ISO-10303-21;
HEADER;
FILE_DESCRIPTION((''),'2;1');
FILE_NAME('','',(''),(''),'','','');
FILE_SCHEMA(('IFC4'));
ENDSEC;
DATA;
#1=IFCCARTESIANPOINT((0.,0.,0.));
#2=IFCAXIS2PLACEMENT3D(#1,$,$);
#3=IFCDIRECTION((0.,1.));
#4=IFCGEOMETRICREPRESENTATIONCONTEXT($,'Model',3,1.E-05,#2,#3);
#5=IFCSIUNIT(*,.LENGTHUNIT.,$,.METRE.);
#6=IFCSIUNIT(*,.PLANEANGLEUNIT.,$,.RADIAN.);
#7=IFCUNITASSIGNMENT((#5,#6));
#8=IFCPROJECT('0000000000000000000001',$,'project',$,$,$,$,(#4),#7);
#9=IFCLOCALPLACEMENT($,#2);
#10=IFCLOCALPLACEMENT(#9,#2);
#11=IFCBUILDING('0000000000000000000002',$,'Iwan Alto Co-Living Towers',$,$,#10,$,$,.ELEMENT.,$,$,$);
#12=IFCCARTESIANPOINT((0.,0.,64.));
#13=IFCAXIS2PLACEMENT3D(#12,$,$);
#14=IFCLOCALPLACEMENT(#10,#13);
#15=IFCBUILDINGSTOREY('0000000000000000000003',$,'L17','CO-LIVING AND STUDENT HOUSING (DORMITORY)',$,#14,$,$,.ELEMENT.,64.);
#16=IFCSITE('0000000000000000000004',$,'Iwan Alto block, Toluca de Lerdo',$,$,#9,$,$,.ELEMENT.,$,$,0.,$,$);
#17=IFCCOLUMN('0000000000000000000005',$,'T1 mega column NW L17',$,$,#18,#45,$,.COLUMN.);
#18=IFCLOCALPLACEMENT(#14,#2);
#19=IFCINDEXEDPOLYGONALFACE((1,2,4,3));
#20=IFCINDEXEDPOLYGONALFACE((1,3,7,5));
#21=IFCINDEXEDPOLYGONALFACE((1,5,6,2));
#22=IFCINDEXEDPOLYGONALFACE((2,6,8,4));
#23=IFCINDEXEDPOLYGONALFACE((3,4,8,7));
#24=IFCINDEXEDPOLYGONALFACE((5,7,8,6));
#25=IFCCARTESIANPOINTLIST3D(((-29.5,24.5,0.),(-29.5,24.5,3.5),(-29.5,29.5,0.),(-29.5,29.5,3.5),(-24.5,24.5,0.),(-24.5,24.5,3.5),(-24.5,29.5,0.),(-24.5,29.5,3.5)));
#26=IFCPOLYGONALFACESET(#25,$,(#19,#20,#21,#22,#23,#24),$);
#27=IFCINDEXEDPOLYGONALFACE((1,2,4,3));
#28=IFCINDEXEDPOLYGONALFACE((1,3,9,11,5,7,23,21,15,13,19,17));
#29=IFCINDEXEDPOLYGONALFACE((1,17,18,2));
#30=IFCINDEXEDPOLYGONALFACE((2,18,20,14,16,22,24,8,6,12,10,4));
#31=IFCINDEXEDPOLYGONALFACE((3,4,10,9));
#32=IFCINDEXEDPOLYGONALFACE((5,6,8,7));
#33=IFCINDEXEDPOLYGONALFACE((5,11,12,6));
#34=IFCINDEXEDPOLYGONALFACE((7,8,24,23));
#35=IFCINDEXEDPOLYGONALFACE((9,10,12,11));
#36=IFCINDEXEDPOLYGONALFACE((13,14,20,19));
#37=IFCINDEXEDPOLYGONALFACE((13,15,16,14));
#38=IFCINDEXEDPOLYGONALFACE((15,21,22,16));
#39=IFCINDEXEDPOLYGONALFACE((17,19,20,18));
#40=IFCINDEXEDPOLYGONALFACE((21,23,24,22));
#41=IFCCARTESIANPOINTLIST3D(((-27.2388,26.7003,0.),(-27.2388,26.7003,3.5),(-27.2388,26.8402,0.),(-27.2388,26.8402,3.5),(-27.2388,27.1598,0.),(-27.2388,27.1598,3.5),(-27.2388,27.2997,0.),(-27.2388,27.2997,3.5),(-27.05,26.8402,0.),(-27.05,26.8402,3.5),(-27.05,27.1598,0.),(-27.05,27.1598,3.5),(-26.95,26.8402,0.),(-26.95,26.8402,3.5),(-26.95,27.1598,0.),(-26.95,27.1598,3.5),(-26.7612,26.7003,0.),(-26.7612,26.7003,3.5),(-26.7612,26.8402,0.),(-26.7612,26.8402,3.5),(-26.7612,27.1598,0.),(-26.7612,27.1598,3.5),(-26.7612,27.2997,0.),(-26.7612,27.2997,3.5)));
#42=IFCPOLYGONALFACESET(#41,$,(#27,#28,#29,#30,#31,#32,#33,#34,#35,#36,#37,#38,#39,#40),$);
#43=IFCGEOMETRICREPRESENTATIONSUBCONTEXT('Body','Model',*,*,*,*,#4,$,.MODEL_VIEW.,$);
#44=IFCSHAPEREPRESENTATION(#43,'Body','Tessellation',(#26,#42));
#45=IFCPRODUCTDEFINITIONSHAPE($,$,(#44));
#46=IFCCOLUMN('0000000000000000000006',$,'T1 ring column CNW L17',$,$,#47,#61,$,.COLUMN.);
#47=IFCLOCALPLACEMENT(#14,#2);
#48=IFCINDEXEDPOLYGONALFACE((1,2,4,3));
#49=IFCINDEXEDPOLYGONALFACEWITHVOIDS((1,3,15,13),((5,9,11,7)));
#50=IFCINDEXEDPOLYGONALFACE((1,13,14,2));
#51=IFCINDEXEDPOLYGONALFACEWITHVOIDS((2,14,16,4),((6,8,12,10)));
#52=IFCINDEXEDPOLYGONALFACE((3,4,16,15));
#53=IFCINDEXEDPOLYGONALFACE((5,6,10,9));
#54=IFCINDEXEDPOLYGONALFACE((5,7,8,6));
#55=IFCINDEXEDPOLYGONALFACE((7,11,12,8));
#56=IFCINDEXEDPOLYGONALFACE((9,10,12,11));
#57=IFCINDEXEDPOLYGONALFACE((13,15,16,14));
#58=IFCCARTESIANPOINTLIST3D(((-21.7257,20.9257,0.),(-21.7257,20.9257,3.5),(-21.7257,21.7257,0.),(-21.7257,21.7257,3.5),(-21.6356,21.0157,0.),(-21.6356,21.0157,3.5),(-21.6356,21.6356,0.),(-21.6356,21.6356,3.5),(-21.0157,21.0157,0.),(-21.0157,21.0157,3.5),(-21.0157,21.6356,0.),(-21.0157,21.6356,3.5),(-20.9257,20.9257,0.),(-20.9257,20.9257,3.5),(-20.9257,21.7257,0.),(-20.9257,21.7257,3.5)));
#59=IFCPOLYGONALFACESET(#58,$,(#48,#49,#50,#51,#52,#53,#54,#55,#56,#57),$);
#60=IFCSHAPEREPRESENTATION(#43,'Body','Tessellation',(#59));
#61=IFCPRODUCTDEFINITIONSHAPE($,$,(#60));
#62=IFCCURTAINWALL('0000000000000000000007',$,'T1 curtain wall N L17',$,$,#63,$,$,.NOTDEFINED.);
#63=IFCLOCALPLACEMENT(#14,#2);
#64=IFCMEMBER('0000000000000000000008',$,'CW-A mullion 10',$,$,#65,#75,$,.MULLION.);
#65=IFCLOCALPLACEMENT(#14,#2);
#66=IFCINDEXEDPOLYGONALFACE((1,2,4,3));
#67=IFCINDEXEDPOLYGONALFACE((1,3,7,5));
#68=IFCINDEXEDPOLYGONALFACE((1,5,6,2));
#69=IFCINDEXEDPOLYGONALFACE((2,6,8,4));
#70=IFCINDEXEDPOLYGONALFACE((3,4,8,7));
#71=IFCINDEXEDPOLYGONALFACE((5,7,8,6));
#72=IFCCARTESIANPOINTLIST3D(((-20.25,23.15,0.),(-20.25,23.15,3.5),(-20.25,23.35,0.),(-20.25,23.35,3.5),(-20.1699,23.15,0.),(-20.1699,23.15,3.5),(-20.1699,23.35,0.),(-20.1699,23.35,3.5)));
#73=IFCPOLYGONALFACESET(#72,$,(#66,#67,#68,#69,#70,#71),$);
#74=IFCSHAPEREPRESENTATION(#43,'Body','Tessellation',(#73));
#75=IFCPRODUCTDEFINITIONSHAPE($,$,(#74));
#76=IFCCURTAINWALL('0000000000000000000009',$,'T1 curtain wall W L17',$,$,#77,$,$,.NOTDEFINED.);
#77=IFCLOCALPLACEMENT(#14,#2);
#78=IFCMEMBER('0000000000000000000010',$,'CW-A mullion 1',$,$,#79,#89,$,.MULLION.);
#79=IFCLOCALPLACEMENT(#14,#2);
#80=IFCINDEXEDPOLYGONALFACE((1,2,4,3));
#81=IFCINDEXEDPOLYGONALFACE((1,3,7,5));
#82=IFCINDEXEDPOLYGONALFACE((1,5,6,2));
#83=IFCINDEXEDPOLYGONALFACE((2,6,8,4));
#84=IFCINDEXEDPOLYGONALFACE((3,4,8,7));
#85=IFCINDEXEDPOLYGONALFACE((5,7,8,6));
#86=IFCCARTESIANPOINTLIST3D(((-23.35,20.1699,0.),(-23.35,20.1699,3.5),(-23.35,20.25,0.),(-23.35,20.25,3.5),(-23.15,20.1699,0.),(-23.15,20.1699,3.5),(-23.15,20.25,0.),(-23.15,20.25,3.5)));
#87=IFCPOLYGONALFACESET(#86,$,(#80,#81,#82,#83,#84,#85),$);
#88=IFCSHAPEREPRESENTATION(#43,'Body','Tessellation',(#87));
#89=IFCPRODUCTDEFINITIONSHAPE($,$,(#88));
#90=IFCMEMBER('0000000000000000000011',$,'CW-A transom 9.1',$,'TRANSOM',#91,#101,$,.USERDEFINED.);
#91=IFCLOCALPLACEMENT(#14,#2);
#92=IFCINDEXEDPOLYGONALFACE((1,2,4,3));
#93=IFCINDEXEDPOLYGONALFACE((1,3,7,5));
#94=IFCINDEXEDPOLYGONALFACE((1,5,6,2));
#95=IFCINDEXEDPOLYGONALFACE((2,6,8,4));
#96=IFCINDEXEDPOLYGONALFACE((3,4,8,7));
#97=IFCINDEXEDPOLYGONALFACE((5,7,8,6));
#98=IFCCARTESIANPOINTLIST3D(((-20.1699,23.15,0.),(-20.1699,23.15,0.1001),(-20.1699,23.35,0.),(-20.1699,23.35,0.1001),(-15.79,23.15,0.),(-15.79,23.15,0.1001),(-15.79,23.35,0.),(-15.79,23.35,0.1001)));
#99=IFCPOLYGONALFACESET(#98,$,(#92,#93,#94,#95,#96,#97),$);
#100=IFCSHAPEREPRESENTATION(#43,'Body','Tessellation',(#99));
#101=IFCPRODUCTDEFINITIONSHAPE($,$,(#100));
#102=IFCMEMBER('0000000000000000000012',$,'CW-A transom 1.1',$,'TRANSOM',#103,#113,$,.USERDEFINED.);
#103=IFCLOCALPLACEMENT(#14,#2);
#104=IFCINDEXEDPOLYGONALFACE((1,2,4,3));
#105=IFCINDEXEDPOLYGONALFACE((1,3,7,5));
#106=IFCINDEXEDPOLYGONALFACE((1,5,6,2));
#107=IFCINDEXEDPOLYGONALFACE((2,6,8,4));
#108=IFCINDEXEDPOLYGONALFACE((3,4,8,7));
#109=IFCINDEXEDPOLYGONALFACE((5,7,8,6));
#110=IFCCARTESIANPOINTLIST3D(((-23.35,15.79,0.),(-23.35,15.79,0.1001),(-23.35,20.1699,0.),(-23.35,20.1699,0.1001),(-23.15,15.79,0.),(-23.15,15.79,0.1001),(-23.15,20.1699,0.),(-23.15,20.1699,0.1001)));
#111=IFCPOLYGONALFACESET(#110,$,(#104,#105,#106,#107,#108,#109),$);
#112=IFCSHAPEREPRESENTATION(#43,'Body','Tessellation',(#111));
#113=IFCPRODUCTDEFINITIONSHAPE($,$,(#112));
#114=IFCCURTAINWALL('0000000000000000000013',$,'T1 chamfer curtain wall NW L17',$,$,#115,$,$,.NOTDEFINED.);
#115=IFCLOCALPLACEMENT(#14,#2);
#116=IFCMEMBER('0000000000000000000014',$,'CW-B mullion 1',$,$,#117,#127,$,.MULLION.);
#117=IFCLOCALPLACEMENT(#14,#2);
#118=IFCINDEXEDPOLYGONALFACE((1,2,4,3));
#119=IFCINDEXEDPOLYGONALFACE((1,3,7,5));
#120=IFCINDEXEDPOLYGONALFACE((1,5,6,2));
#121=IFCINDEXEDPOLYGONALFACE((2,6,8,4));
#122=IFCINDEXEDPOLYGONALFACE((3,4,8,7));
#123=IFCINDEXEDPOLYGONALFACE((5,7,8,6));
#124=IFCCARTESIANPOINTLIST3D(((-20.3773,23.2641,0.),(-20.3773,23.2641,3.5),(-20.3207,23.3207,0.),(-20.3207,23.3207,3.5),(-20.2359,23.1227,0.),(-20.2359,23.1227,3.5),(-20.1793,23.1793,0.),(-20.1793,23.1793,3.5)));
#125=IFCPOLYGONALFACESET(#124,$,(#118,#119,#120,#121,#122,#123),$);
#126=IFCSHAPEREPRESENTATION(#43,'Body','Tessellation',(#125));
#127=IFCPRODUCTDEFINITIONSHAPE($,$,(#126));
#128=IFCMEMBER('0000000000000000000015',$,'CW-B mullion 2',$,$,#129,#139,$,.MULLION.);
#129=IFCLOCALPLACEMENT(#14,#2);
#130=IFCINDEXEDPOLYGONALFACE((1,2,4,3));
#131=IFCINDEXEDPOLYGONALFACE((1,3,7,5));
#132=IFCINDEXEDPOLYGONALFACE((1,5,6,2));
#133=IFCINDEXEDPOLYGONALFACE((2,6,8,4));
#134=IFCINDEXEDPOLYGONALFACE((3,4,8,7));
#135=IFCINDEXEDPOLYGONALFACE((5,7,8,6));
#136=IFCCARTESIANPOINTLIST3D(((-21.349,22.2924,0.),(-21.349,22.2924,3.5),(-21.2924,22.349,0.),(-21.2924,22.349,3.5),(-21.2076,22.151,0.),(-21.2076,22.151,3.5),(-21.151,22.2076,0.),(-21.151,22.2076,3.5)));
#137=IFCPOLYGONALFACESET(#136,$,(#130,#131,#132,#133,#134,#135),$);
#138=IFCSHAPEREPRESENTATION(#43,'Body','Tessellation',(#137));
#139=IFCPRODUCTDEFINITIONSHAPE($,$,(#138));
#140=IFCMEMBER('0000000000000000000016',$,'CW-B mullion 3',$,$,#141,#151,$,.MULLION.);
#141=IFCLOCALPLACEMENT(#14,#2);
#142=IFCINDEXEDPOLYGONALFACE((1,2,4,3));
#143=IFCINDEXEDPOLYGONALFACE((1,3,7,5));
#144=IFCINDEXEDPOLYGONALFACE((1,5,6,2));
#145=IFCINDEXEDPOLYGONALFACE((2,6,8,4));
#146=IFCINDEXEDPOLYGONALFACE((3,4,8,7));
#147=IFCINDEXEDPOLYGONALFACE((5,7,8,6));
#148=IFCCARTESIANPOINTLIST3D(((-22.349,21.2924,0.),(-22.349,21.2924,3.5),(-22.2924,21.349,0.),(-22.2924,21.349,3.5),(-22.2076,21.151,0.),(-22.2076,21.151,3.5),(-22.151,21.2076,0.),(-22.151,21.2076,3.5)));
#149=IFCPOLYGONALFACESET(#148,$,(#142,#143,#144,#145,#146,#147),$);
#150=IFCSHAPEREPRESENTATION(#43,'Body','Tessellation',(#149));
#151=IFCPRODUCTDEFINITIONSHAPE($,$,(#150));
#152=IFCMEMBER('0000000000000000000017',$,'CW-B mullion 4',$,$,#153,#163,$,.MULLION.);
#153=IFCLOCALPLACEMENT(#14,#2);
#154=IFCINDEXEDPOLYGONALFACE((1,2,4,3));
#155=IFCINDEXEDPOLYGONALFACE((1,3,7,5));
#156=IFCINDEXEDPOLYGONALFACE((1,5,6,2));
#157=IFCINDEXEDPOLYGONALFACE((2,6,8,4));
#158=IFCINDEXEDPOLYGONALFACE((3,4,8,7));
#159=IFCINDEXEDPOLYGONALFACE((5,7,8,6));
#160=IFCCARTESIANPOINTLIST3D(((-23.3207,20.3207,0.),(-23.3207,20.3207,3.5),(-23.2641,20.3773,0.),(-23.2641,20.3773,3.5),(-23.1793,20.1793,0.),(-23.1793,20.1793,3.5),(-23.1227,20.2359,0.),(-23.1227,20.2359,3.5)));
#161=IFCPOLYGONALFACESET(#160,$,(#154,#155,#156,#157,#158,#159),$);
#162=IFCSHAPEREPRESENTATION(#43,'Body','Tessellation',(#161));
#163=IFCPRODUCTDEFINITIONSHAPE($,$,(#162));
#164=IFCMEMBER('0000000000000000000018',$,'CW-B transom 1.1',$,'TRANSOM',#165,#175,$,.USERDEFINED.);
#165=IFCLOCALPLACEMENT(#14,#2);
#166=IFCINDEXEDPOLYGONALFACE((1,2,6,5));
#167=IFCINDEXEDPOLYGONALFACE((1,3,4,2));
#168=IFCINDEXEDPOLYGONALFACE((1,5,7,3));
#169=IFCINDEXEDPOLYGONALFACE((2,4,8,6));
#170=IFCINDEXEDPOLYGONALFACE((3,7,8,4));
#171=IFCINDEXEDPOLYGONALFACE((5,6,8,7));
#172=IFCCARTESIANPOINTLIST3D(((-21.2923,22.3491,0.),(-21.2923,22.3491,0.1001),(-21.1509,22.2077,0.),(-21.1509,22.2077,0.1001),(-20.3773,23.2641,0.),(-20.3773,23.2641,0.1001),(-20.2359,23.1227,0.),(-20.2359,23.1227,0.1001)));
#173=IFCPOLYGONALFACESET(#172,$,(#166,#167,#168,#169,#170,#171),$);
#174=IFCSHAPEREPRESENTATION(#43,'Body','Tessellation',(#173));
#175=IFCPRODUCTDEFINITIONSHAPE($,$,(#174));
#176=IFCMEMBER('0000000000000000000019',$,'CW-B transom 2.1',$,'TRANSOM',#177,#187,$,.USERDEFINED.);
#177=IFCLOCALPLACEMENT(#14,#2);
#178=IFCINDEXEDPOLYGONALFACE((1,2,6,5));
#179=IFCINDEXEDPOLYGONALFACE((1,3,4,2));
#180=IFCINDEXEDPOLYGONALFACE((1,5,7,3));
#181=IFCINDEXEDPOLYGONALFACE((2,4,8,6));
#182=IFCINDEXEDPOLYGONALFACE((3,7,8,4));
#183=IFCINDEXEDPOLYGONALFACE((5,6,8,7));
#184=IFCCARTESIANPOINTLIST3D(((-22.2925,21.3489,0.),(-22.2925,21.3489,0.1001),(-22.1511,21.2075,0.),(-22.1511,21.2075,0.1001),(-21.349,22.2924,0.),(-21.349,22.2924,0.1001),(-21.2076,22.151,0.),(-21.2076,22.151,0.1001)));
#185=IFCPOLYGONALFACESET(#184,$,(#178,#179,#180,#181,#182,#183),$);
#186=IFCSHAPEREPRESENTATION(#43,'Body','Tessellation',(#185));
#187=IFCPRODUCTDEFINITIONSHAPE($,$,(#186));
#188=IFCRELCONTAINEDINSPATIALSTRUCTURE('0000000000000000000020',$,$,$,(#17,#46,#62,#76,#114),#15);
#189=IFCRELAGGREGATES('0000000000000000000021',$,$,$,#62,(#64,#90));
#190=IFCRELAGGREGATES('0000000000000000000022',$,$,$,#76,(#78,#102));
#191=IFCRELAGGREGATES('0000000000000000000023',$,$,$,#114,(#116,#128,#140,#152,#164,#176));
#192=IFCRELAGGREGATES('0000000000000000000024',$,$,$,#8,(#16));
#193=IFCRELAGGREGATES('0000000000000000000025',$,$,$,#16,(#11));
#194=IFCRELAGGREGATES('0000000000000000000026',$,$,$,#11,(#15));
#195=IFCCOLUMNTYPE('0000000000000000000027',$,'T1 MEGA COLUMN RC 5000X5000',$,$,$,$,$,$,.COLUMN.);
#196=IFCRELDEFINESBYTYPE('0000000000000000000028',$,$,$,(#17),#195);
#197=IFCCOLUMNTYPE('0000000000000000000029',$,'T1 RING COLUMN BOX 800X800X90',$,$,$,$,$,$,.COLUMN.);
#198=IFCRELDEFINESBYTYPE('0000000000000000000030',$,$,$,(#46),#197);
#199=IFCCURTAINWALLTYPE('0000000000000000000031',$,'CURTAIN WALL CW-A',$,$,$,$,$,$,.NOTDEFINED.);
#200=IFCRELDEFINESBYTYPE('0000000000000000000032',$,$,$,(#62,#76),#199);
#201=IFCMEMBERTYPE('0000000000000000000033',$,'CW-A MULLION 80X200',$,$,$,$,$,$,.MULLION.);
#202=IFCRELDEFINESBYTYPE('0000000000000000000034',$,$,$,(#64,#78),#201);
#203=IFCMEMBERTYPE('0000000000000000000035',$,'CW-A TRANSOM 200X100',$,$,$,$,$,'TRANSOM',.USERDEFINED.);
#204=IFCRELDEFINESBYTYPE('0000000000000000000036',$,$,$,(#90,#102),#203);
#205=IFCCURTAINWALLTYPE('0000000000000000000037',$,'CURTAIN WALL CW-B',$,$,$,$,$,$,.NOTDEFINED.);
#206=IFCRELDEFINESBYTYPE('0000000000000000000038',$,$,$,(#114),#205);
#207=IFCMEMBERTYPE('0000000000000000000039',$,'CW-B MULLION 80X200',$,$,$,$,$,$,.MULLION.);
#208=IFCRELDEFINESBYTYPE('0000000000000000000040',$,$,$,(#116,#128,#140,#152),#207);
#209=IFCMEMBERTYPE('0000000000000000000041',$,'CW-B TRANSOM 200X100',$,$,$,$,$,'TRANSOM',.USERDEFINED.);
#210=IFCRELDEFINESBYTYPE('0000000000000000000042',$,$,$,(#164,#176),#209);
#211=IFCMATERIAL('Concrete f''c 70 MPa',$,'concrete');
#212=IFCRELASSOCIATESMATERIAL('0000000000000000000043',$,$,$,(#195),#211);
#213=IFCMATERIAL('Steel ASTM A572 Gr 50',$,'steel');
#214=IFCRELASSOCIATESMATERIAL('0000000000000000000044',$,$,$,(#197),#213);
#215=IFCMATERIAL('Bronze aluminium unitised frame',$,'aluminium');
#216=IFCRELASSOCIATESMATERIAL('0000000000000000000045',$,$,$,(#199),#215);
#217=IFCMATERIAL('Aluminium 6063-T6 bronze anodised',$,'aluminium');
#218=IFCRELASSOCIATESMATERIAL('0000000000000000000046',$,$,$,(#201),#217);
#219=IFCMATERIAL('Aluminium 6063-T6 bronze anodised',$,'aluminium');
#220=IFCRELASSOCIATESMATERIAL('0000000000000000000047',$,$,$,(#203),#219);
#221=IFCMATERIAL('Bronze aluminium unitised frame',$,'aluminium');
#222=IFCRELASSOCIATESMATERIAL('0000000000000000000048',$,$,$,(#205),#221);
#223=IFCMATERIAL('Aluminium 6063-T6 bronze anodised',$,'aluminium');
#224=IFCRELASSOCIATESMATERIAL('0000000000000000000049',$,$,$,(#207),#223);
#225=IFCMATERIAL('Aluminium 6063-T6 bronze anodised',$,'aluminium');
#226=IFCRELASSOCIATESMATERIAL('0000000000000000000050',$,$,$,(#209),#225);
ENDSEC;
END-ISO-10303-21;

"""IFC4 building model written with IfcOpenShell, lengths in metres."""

from ifc_helpers import new_model, si_unit, direction, frame, origin, origin_2d, place, context, subcontext, project, spatial, rectangle, hollow_rectangle, i_section, extrude, material, material_profile, profile_set, type_object, element, aggregate, save


model = new_model("IFC4")

# Units and contexts
model_context = context("Model", 3, precision=1e-05, world=origin(), true_north=direction((0.0, 1.0)))
body_context = subcontext(model_context, "Body", "Model", "MODEL_VIEW")
ifc_project = project(units=[si_unit("LENGTHUNIT", "METRE"), si_unit("PLANEANGLEUNIT", "RADIAN")], contexts=[model_context])

# Site, building, storey
site_placement = place(None, origin())
site = spatial("IfcSite", under=ifc_project, at=site_placement, Name="Iwan Alto block, Toluca de Lerdo", CompositionType="ELEMENT", RefElevation=0.0)
building_placement = place(site_placement, origin())
building = spatial("IfcBuilding", under=site, at=building_placement, Name="Iwan Alto Co-Living Towers", CompositionType="ELEMENT")
storey_placement = place(building_placement, frame((0.0, 0.0, 64.0)))
storey = spatial("IfcBuildingStorey", under=building, at=storey_placement, Name="L17", Description="CO-LIVING AND STUDENT HOUSING (DORMITORY)", CompositionType="ELEMENT", Elevation=64.0)

# Columns
ifc_material_1 = material(Name="Concrete f'c 70 MPa", Category="concrete")
ifc_material_profile_1 = material_profile(ifc_material_1, rectangle(XDim=5.0, YDim=5.0, at=origin_2d()), Name="RC 5000X5000")
ifc_profile_set_1 = profile_set([ifc_material_profile_1], Name="Concrete f'c 70 MPa")
column_type_1 = type_object("IfcColumnType", Name="T1 MEGA COLUMN RC 5000X5000", PredefinedType="COLUMN", material=ifc_profile_set_1)
column_1_placement = place(storey_placement, frame((-27.0, 27.0, 0.0), z_axis=(0.0, 0.0, 1.0), x_axis=(1.0, 0.0, 0.0)))
element("IfcColumn", 1, at=column_1_placement, inside=storey, type_object=column_type_1, Name="T1 mega column NW L17", PredefinedType="COLUMN", context=body_context, shape_type="SweptSolid", body=[
    extrude(rectangle(XDim=5.0, YDim=5.0, at=origin_2d()), origin(), (0.0, 0.0, 1.0), 3.5),
    extrude(i_section(OverallWidth=0.4775, OverallDepth=0.5994, WebThickness=0.1001, FlangeThickness=0.1399, at=origin_2d()), origin(), (0.0, 0.0, 1.0), 3.5),
])
ifc_material_2 = material(Name="Steel ASTM A572 Gr 50", Category="steel")
ifc_material_profile_2 = material_profile(ifc_material_2, hollow_rectangle(XDim=0.8, YDim=0.8, WallThickness=0.0901, at=origin_2d()), Name="BOX 800X800X90")
ifc_profile_set_2 = profile_set([ifc_material_profile_2], Name="Steel ASTM A572 Gr 50")
column_type_2 = type_object("IfcColumnType", Name="T1 RING COLUMN BOX 800X800X90", PredefinedType="COLUMN", material=ifc_profile_set_2)
column_2_placement = place(storey_placement, frame((-21.3257, 21.3257, 0.0), z_axis=(0.0, 0.0, 1.0), x_axis=(1.0, 0.0, 0.0)))
element("IfcColumn", 2, at=column_2_placement, inside=storey, type_object=column_type_2, Name="T1 ring column CNW L17", PredefinedType="COLUMN", context=body_context, shape_type="SweptSolid", body=[
    extrude(hollow_rectangle(XDim=0.8, YDim=0.8, WallThickness=0.0901, at=origin_2d()), origin(), (0.0, 0.0, 1.0), 3.5),
])

# Curtain walls, members
ifc_material_3 = material(Name="Bronze aluminium unitised frame", Category="aluminium")
curtain_wall_type_1 = type_object("IfcCurtainWallType", Name="CURTAIN WALL CW-A", PredefinedType="NOTDEFINED", material=ifc_material_3)
curtain_wall_1_placement = place(storey_placement, origin())
curtain_wall_1 = element("IfcCurtainWall", 3, at=curtain_wall_1_placement, inside=storey, type_object=curtain_wall_type_1, Name="T1 curtain wall N L17", PredefinedType="NOTDEFINED")
ifc_material_4 = material(Name="Aluminium 6063-T6 bronze anodised", Category="aluminium")
ifc_material_profile_3 = material_profile(ifc_material_4, rectangle(XDim=0.2, YDim=0.0801, at=origin_2d()), Name="AL 80X200")
ifc_profile_set_3 = profile_set([ifc_material_profile_3], Name="Aluminium 6063-T6 bronze anodised")
member_type_1 = type_object("IfcMemberType", Name="CW-A MULLION 80X200", PredefinedType="MULLION", material=ifc_profile_set_3)
member_1_placement = place(storey_placement, frame((-20.21, 23.25, 0.0), z_axis=(0.0, 0.0, 1.0), x_axis=(0.0, -1.0, 0.0)))
member_1 = element("IfcMember", 4, at=member_1_placement, type_object=member_type_1, Name="CW-A mullion 10", PredefinedType="MULLION", context=body_context, shape_type="SweptSolid", body=[
    extrude(rectangle(XDim=0.2, YDim=0.0801, at=origin_2d()), origin(), (0.0, 0.0, 1.0), 3.5),
])
curtain_wall_2_placement = place(storey_placement, origin())
curtain_wall_2 = element("IfcCurtainWall", 5, at=curtain_wall_2_placement, inside=storey, type_object=curtain_wall_type_1, Name="T1 curtain wall W L17", PredefinedType="NOTDEFINED")
member_2_placement = place(storey_placement, frame((-23.25, 20.21, 0.0), z_axis=(0.0, 0.0, 1.0), x_axis=(1.0, 0.0, 0.0)))
member_2 = element("IfcMember", 6, at=member_2_placement, type_object=member_type_1, Name="CW-A mullion 1", PredefinedType="MULLION", context=body_context, shape_type="SweptSolid", body=[
    extrude(rectangle(XDim=0.2, YDim=0.0801, at=origin_2d()), origin(), (0.0, 0.0, 1.0), 3.5),
])

# Members
ifc_material_5 = material(Name="Aluminium 6063-T6 bronze anodised", Category="aluminium")
ifc_material_profile_4 = material_profile(ifc_material_5, rectangle(XDim=0.2, YDim=0.1001, at=origin_2d()), Name="AL 200X100")
ifc_profile_set_4 = profile_set([ifc_material_profile_4], Name="Aluminium 6063-T6 bronze anodised")
member_type_2 = type_object("IfcMemberType", Name="CW-A TRANSOM 200X100", ElementType="TRANSOM", PredefinedType="USERDEFINED", material=ifc_profile_set_4)
member_3_placement = place(storey_placement, frame((-15.79, 23.25, 0.05), z_axis=(-1.0, 0.0, 0.0), x_axis=(0.0, -1.0, 0.0)))
member_3 = element("IfcMember", 7, at=member_3_placement, type_object=member_type_2, Name="CW-A transom 9.1", ObjectType="TRANSOM", PredefinedType="USERDEFINED", context=body_context, shape_type="SweptSolid", body=[
    extrude(rectangle(XDim=0.2, YDim=0.1001, at=origin_2d()), origin(), (0.0, 0.0, 1.0), 4.3799),
])
member_4_placement = place(storey_placement, frame((-23.25, 20.1699, 0.05), z_axis=(0.0, -1.0, 0.0), x_axis=(1.0, 0.0, 0.0)))
member_4 = element("IfcMember", 8, at=member_4_placement, type_object=member_type_2, Name="CW-A transom 1.1", ObjectType="TRANSOM", PredefinedType="USERDEFINED", context=body_context, shape_type="SweptSolid", body=[
    extrude(rectangle(XDim=0.2, YDim=0.1001, at=origin_2d()), origin(), (0.0, 0.0, 1.0), 4.3799),
])

# Curtain wall, members
ifc_material_6 = material(Name="Bronze aluminium unitised frame", Category="aluminium")
curtain_wall_type_2 = type_object("IfcCurtainWallType", Name="CURTAIN WALL CW-B", PredefinedType="NOTDEFINED", material=ifc_material_6)
curtain_wall_3_placement = place(storey_placement, origin())
curtain_wall_3 = element("IfcCurtainWall", 9, at=curtain_wall_3_placement, inside=storey, type_object=curtain_wall_type_2, Name="T1 chamfer curtain wall NW L17", PredefinedType="NOTDEFINED")
ifc_material_7 = material(Name="Aluminium 6063-T6 bronze anodised", Category="aluminium")
ifc_material_profile_5 = material_profile(ifc_material_7, rectangle(XDim=0.2, YDim=0.0801, at=origin_2d()), Name="AL 80X200")
ifc_profile_set_5 = profile_set([ifc_material_profile_5], Name="Aluminium 6063-T6 bronze anodised")
member_type_3 = type_object("IfcMemberType", Name="CW-B MULLION 80X200", PredefinedType="MULLION", material=ifc_profile_set_5)
member_5_placement = place(storey_placement, frame((-20.2783, 23.2217, 0.0), z_axis=(0.0, 0.0, 1.0), x_axis=(0.707107, -0.707107, 0.0)))
member_5 = element("IfcMember", 10, at=member_5_placement, type_object=member_type_3, Name="CW-B mullion 1", PredefinedType="MULLION", context=body_context, shape_type="SweptSolid", body=[
    extrude(rectangle(XDim=0.2, YDim=0.0801, at=origin_2d()), origin(), (0.0, 0.0, 1.0), 3.5),
])
member_6_placement = place(storey_placement, frame((-21.25, 22.25, 0.0), z_axis=(0.0, 0.0, 1.0), x_axis=(0.707107, -0.707107, 0.0)))
member_6 = element("IfcMember", 11, at=member_6_placement, type_object=member_type_3, Name="CW-B mullion 2", PredefinedType="MULLION", context=body_context, shape_type="SweptSolid", body=[
    extrude(rectangle(XDim=0.2, YDim=0.0801, at=origin_2d()), origin(), (0.0, 0.0, 1.0), 3.5),
])
member_7_placement = place(storey_placement, frame((-22.25, 21.25, 0.0), z_axis=(0.0, 0.0, 1.0), x_axis=(0.707107, -0.707107, 0.0)))
member_7 = element("IfcMember", 12, at=member_7_placement, type_object=member_type_3, Name="CW-B mullion 3", PredefinedType="MULLION", context=body_context, shape_type="SweptSolid", body=[
    extrude(rectangle(XDim=0.2, YDim=0.0801, at=origin_2d()), origin(), (0.0, 0.0, 1.0), 3.5),
])
member_8_placement = place(storey_placement, frame((-23.2217, 20.2783, 0.0), z_axis=(0.0, 0.0, 1.0), x_axis=(0.707107, -0.707107, 0.0)))
member_8 = element("IfcMember", 13, at=member_8_placement, type_object=member_type_3, Name="CW-B mullion 4", PredefinedType="MULLION", context=body_context, shape_type="SweptSolid", body=[
    extrude(rectangle(XDim=0.2, YDim=0.0801, at=origin_2d()), origin(), (0.0, 0.0, 1.0), 3.5),
])
ifc_material_8 = material(Name="Aluminium 6063-T6 bronze anodised", Category="aluminium")
ifc_material_profile_6 = material_profile(ifc_material_8, rectangle(XDim=0.2, YDim=0.1001, at=origin_2d()), Name="AL 200X100")
ifc_profile_set_6 = profile_set([ifc_material_profile_6], Name="Aluminium 6063-T6 bronze anodised")
member_type_4 = type_object("IfcMemberType", Name="CW-B TRANSOM 200X100", ElementType="TRANSOM", PredefinedType="USERDEFINED", material=ifc_profile_set_6)
member_9_placement = place(storey_placement, frame((-20.3066, 23.1934, 0.05), z_axis=(-0.707107, -0.707107, 0.0), x_axis=(0.707107, -0.707107, 0.0)))
member_9 = element("IfcMember", 14, at=member_9_placement, type_object=member_type_4, Name="CW-B transom 1.1", ObjectType="TRANSOM", PredefinedType="USERDEFINED", context=body_context, shape_type="SweptSolid", body=[
    extrude(rectangle(XDim=0.2, YDim=0.1001, at=origin_2d()), origin(), (0.0, 0.0, 1.0), 1.2939),
])
member_10_placement = place(storey_placement, frame((-21.2783, 22.2217, 0.05), z_axis=(-0.707107, -0.707107, 0.0), x_axis=(0.707107, -0.707107, 0.0)))
member_10 = element("IfcMember", 15, at=member_10_placement, type_object=member_type_4, Name="CW-B transom 2.1", ObjectType="TRANSOM", PredefinedType="USERDEFINED", context=body_context, shape_type="SweptSolid", body=[
    extrude(rectangle(XDim=0.2, YDim=0.1001, at=origin_2d()), origin(), (0.0, 0.0, 1.0), 1.3342),
])

aggregate(curtain_wall_1, [member_1, member_3])
aggregate(curtain_wall_2, [member_2, member_4])
aggregate(curtain_wall_3, [member_5, member_6, member_7, member_8, member_9, member_10])

save(model, "model.ifc")
